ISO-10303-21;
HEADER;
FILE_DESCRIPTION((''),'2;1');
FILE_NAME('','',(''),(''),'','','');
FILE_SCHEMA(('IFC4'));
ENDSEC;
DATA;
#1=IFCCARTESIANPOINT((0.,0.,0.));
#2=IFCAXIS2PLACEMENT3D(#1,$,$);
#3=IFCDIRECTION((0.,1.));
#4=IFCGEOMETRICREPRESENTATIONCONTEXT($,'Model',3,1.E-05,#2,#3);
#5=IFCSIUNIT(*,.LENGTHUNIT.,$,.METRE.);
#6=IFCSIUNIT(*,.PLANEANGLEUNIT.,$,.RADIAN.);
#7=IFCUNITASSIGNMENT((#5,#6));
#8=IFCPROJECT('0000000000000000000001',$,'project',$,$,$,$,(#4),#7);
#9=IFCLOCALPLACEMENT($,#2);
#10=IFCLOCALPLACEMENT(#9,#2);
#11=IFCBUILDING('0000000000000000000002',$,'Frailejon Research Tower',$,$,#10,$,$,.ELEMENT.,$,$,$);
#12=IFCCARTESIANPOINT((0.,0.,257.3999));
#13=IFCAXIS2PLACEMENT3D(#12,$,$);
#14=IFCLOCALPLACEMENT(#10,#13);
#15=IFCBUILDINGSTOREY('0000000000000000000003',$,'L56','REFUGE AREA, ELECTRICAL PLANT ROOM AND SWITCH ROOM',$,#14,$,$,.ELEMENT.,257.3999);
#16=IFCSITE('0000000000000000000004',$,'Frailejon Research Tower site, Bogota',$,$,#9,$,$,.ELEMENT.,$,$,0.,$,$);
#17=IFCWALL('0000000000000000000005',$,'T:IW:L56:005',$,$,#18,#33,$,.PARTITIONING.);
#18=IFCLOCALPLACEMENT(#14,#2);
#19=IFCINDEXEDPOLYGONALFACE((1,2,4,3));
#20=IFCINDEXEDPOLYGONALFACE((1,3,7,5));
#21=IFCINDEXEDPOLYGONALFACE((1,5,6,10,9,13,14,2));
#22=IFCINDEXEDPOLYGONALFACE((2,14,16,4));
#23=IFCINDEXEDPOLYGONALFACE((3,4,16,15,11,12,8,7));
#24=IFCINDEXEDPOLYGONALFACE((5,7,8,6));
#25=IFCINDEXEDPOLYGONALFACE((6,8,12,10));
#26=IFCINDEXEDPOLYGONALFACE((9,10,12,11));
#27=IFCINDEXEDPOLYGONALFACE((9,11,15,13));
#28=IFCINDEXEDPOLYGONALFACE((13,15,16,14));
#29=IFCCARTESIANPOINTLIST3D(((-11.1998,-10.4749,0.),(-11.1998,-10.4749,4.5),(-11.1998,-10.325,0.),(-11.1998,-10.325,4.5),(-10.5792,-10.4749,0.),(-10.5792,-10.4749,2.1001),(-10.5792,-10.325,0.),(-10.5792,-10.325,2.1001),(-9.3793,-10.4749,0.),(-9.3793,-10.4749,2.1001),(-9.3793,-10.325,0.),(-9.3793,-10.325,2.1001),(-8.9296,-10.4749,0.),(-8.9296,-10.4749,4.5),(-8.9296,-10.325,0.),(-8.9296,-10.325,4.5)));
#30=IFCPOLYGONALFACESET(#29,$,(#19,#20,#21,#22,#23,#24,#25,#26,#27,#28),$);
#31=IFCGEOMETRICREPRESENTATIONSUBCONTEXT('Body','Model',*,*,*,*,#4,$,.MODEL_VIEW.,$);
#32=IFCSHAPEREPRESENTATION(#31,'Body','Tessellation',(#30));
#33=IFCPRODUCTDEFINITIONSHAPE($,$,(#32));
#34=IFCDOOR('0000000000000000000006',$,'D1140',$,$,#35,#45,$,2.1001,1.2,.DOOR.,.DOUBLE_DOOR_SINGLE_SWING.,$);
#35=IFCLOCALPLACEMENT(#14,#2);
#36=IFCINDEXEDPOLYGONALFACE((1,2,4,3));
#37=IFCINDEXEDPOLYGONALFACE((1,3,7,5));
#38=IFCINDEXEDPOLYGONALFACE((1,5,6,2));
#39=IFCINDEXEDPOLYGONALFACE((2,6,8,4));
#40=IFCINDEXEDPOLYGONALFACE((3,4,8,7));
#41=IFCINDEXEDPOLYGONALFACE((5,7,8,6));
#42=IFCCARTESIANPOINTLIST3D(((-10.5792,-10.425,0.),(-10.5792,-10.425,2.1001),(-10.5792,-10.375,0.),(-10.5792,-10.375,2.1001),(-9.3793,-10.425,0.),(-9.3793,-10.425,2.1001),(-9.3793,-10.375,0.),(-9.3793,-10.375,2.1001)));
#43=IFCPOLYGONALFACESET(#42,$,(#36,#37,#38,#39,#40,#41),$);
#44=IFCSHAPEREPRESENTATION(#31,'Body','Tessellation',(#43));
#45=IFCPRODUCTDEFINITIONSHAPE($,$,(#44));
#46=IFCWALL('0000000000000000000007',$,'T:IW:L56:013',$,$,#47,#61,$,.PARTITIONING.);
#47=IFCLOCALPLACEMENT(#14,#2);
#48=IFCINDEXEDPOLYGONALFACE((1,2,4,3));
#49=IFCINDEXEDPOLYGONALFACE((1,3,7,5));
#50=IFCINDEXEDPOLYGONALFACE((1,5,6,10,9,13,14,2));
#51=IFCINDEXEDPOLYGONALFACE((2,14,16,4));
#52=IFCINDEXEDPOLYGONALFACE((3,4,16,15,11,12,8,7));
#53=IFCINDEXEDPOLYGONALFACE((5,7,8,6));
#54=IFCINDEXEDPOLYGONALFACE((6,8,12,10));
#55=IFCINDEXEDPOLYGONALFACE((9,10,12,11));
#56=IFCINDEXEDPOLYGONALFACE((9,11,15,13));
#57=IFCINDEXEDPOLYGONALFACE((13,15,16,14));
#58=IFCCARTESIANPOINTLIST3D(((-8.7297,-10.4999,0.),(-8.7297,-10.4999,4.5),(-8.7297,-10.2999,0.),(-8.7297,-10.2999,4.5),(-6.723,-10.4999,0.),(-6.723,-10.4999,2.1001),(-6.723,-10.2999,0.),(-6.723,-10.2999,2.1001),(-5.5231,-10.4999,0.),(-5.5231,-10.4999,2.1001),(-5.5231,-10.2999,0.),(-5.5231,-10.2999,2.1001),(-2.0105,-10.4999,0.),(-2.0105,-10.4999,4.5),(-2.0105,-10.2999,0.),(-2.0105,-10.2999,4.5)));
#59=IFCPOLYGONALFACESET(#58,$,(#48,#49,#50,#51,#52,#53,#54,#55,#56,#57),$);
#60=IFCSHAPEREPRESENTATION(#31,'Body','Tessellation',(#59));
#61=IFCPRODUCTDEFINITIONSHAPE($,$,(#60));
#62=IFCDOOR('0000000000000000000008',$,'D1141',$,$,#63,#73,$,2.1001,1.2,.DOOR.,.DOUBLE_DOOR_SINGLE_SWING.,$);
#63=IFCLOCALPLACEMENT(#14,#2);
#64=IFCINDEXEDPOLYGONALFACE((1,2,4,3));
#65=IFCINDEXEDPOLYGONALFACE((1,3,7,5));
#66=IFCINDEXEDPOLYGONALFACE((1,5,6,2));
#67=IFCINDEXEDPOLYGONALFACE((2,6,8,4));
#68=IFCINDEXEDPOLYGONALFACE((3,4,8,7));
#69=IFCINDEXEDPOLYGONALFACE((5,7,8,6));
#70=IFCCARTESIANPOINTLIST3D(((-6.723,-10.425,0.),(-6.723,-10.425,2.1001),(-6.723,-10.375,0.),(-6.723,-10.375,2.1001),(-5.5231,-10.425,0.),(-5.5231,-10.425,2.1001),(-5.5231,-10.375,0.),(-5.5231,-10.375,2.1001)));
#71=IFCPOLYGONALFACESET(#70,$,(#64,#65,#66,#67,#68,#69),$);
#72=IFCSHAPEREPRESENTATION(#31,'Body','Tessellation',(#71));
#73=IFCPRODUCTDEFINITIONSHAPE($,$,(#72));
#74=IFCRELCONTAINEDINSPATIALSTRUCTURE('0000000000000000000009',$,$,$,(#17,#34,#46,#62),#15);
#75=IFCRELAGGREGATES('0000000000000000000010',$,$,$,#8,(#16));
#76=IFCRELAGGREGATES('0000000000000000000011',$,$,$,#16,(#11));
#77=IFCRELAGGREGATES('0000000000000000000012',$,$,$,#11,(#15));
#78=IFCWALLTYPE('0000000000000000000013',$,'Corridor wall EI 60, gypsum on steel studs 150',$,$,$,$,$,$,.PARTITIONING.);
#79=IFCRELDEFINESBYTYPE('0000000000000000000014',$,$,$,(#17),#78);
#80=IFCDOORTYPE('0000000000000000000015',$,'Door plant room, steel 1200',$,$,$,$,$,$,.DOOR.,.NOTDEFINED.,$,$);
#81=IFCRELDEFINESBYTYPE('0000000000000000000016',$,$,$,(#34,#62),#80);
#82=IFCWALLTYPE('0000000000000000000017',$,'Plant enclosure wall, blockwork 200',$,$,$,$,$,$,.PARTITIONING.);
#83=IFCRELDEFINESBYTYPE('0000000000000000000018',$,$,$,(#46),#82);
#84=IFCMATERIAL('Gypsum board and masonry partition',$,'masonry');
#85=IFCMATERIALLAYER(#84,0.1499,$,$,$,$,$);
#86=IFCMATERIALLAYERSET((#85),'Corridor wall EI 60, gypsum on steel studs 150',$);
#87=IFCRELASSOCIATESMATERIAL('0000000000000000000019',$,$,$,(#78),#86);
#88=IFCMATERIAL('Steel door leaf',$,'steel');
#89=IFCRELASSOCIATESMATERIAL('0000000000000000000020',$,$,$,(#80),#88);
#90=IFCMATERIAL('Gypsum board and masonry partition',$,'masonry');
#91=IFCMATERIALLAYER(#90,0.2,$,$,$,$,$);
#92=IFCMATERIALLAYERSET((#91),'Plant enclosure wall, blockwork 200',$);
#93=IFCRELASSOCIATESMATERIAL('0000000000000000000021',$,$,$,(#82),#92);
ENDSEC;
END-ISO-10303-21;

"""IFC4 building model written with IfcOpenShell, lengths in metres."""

from ifc_helpers import new_model, si_unit, direction, frame, frame_2d, origin, place, context, subcontext, project, spatial, rectangle, extrude, material, layer, layer_set, type_object, element, fill, save


model = new_model("IFC4")

# Units and contexts
model_context = context("Model", 3, precision=1e-05, world=origin(), true_north=direction((0.0, 1.0)))
body_context = subcontext(model_context, "Body", "Model", "MODEL_VIEW")
ifc_project = project(units=[si_unit("LENGTHUNIT", "METRE"), si_unit("PLANEANGLEUNIT", "RADIAN")], contexts=[model_context])

# Site, building, storey
site_placement = place(None, origin())
site = spatial("IfcSite", under=ifc_project, at=site_placement, Name="Frailejon Research Tower site, Bogota", CompositionType="ELEMENT", RefElevation=0.0)
building_placement = place(site_placement, origin())
building = spatial("IfcBuilding", under=site, at=building_placement, Name="Frailejon Research Tower", CompositionType="ELEMENT")
storey_placement = place(building_placement, frame((0.0, 0.0, 257.3999)))
storey = spatial("IfcBuildingStorey", under=building, at=storey_placement, Name="L56", Description="REFUGE AREA, ELECTRICAL PLANT ROOM AND SWITCH ROOM", CompositionType="ELEMENT", Elevation=257.3999)

# Walls, openings, doors
ifc_material_1 = material(Name="Gypsum board and masonry partition", Category="masonry")
ifc_layer_1 = layer(ifc_material_1, 0.1499)
ifc_layer_set_1 = layer_set([ifc_layer_1], Name="Corridor wall EI 60, gypsum on steel studs 150")
wall_type_1 = type_object("IfcWallType", Name="Corridor wall EI 60, gypsum on steel studs 150", PredefinedType="PARTITIONING", material=ifc_layer_set_1)
wall_1_placement = place(storey_placement, frame((-11.2, -10.3999, 0.0), z_axis=(0.0, 0.0, 1.0), x_axis=(1.0, 0.0, 0.0)))
wall_1 = element("IfcWall", 1, at=wall_1_placement, inside=storey, type_object=wall_type_1, Name="T:IW:L56:005", PredefinedType="PARTITIONING", context=body_context, shape_type="SweptSolid", body=[
    extrude(rectangle(XDim=2.2703, YDim=0.1499, at=frame_2d((1.1353, 0.0))), origin(), (0.0, 0.0, 1.0), 4.5),
])
opening_1_placement = place(wall_1_placement, frame((0.6206, 0.0, 0.0)))
opening_1 = element("IfcOpeningElement", 2, at=opening_1_placement, cuts=wall_1, PredefinedType="OPENING", context=body_context, shape_type="SweptSolid", body=[
    extrude(rectangle(XDim=1.2, YDim=2.1001, at=frame_2d((0.6001, 1.05))), frame((0.0, 0.085, 0.0), z_axis=(0.0, -1.0, 0.0), x_axis=(1.0, 0.0, 0.0)), (0.0, 0.0, 1.0), 0.1699),
])
ifc_material_2 = material(Name="Steel door leaf", Category="steel")
door_type_1 = type_object("IfcDoorType", Name="Door plant room, steel 1200", OperationType="NOTDEFINED", PredefinedType="DOOR", material=ifc_material_2)
door_1_placement = place(opening_1_placement, origin())
door_1 = element("IfcDoor", 3, at=door_1_placement, inside=storey, type_object=door_type_1, Name="D1140", OperationType="DOUBLE_DOOR_SINGLE_SWING", OverallHeight=2.1001, OverallWidth=1.2, PredefinedType="DOOR", context=body_context, shape_type="SweptSolid", body=[
    extrude(rectangle(XDim=1.2, YDim=2.1001, at=frame_2d((0.6001, 1.05))), frame((0.0, 0.0249, 0.0), z_axis=(0.0, -1.0, 0.0), x_axis=(1.0, 0.0, 0.0)), (0.0, 0.0, 1.0), 0.05),
])
fill(opening_1, door_1)
ifc_material_3 = material(Name="Gypsum board and masonry partition", Category="masonry")
ifc_layer_2 = layer(ifc_material_3, 0.2)
ifc_layer_set_2 = layer_set([ifc_layer_2], Name="Plant enclosure wall, blockwork 200")
wall_type_2 = type_object("IfcWallType", Name="Plant enclosure wall, blockwork 200", PredefinedType="PARTITIONING", material=ifc_layer_set_2)
wall_2_placement = place(storey_placement, frame((-8.7297, -10.3999, 0.0), z_axis=(0.0, 0.0, 1.0), x_axis=(1.0, 0.0, 0.0)))
wall_2 = element("IfcWall", 4, at=wall_2_placement, inside=storey, type_object=wall_type_2, Name="T:IW:L56:013", PredefinedType="PARTITIONING", context=body_context, shape_type="SweptSolid", body=[
    extrude(rectangle(XDim=6.7192, YDim=0.2, at=frame_2d((3.3596, 0.0))), origin(), (0.0, 0.0, 1.0), 4.5),
])
opening_2_placement = place(wall_2_placement, frame((2.0066, 0.0, 0.0)))
opening_2 = element("IfcOpeningElement", 5, at=opening_2_placement, cuts=wall_2, PredefinedType="OPENING", context=body_context, shape_type="SweptSolid", body=[
    extrude(rectangle(XDim=1.2, YDim=2.1001, at=frame_2d((0.6001, 1.05))), frame((0.0, 0.1099, 0.0), z_axis=(0.0, -1.0, 0.0), x_axis=(1.0, 0.0, 0.0)), (0.0, 0.0, 1.0), 0.22),
])
door_2_placement = place(opening_2_placement, origin())
door_2 = element("IfcDoor", 6, at=door_2_placement, inside=storey, type_object=door_type_1, Name="D1141", OperationType="DOUBLE_DOOR_SINGLE_SWING", OverallHeight=2.1001, OverallWidth=1.2, PredefinedType="DOOR", context=body_context, shape_type="SweptSolid", body=[
    extrude(rectangle(XDim=1.2, YDim=2.1001, at=frame_2d((0.6001, 1.05))), frame((0.0, 0.0249, 0.0), z_axis=(0.0, -1.0, 0.0), x_axis=(1.0, 0.0, 0.0)), (0.0, 0.0, 1.0), 0.05),
])
fill(opening_2, door_2)

save(model, "model.ifc")
